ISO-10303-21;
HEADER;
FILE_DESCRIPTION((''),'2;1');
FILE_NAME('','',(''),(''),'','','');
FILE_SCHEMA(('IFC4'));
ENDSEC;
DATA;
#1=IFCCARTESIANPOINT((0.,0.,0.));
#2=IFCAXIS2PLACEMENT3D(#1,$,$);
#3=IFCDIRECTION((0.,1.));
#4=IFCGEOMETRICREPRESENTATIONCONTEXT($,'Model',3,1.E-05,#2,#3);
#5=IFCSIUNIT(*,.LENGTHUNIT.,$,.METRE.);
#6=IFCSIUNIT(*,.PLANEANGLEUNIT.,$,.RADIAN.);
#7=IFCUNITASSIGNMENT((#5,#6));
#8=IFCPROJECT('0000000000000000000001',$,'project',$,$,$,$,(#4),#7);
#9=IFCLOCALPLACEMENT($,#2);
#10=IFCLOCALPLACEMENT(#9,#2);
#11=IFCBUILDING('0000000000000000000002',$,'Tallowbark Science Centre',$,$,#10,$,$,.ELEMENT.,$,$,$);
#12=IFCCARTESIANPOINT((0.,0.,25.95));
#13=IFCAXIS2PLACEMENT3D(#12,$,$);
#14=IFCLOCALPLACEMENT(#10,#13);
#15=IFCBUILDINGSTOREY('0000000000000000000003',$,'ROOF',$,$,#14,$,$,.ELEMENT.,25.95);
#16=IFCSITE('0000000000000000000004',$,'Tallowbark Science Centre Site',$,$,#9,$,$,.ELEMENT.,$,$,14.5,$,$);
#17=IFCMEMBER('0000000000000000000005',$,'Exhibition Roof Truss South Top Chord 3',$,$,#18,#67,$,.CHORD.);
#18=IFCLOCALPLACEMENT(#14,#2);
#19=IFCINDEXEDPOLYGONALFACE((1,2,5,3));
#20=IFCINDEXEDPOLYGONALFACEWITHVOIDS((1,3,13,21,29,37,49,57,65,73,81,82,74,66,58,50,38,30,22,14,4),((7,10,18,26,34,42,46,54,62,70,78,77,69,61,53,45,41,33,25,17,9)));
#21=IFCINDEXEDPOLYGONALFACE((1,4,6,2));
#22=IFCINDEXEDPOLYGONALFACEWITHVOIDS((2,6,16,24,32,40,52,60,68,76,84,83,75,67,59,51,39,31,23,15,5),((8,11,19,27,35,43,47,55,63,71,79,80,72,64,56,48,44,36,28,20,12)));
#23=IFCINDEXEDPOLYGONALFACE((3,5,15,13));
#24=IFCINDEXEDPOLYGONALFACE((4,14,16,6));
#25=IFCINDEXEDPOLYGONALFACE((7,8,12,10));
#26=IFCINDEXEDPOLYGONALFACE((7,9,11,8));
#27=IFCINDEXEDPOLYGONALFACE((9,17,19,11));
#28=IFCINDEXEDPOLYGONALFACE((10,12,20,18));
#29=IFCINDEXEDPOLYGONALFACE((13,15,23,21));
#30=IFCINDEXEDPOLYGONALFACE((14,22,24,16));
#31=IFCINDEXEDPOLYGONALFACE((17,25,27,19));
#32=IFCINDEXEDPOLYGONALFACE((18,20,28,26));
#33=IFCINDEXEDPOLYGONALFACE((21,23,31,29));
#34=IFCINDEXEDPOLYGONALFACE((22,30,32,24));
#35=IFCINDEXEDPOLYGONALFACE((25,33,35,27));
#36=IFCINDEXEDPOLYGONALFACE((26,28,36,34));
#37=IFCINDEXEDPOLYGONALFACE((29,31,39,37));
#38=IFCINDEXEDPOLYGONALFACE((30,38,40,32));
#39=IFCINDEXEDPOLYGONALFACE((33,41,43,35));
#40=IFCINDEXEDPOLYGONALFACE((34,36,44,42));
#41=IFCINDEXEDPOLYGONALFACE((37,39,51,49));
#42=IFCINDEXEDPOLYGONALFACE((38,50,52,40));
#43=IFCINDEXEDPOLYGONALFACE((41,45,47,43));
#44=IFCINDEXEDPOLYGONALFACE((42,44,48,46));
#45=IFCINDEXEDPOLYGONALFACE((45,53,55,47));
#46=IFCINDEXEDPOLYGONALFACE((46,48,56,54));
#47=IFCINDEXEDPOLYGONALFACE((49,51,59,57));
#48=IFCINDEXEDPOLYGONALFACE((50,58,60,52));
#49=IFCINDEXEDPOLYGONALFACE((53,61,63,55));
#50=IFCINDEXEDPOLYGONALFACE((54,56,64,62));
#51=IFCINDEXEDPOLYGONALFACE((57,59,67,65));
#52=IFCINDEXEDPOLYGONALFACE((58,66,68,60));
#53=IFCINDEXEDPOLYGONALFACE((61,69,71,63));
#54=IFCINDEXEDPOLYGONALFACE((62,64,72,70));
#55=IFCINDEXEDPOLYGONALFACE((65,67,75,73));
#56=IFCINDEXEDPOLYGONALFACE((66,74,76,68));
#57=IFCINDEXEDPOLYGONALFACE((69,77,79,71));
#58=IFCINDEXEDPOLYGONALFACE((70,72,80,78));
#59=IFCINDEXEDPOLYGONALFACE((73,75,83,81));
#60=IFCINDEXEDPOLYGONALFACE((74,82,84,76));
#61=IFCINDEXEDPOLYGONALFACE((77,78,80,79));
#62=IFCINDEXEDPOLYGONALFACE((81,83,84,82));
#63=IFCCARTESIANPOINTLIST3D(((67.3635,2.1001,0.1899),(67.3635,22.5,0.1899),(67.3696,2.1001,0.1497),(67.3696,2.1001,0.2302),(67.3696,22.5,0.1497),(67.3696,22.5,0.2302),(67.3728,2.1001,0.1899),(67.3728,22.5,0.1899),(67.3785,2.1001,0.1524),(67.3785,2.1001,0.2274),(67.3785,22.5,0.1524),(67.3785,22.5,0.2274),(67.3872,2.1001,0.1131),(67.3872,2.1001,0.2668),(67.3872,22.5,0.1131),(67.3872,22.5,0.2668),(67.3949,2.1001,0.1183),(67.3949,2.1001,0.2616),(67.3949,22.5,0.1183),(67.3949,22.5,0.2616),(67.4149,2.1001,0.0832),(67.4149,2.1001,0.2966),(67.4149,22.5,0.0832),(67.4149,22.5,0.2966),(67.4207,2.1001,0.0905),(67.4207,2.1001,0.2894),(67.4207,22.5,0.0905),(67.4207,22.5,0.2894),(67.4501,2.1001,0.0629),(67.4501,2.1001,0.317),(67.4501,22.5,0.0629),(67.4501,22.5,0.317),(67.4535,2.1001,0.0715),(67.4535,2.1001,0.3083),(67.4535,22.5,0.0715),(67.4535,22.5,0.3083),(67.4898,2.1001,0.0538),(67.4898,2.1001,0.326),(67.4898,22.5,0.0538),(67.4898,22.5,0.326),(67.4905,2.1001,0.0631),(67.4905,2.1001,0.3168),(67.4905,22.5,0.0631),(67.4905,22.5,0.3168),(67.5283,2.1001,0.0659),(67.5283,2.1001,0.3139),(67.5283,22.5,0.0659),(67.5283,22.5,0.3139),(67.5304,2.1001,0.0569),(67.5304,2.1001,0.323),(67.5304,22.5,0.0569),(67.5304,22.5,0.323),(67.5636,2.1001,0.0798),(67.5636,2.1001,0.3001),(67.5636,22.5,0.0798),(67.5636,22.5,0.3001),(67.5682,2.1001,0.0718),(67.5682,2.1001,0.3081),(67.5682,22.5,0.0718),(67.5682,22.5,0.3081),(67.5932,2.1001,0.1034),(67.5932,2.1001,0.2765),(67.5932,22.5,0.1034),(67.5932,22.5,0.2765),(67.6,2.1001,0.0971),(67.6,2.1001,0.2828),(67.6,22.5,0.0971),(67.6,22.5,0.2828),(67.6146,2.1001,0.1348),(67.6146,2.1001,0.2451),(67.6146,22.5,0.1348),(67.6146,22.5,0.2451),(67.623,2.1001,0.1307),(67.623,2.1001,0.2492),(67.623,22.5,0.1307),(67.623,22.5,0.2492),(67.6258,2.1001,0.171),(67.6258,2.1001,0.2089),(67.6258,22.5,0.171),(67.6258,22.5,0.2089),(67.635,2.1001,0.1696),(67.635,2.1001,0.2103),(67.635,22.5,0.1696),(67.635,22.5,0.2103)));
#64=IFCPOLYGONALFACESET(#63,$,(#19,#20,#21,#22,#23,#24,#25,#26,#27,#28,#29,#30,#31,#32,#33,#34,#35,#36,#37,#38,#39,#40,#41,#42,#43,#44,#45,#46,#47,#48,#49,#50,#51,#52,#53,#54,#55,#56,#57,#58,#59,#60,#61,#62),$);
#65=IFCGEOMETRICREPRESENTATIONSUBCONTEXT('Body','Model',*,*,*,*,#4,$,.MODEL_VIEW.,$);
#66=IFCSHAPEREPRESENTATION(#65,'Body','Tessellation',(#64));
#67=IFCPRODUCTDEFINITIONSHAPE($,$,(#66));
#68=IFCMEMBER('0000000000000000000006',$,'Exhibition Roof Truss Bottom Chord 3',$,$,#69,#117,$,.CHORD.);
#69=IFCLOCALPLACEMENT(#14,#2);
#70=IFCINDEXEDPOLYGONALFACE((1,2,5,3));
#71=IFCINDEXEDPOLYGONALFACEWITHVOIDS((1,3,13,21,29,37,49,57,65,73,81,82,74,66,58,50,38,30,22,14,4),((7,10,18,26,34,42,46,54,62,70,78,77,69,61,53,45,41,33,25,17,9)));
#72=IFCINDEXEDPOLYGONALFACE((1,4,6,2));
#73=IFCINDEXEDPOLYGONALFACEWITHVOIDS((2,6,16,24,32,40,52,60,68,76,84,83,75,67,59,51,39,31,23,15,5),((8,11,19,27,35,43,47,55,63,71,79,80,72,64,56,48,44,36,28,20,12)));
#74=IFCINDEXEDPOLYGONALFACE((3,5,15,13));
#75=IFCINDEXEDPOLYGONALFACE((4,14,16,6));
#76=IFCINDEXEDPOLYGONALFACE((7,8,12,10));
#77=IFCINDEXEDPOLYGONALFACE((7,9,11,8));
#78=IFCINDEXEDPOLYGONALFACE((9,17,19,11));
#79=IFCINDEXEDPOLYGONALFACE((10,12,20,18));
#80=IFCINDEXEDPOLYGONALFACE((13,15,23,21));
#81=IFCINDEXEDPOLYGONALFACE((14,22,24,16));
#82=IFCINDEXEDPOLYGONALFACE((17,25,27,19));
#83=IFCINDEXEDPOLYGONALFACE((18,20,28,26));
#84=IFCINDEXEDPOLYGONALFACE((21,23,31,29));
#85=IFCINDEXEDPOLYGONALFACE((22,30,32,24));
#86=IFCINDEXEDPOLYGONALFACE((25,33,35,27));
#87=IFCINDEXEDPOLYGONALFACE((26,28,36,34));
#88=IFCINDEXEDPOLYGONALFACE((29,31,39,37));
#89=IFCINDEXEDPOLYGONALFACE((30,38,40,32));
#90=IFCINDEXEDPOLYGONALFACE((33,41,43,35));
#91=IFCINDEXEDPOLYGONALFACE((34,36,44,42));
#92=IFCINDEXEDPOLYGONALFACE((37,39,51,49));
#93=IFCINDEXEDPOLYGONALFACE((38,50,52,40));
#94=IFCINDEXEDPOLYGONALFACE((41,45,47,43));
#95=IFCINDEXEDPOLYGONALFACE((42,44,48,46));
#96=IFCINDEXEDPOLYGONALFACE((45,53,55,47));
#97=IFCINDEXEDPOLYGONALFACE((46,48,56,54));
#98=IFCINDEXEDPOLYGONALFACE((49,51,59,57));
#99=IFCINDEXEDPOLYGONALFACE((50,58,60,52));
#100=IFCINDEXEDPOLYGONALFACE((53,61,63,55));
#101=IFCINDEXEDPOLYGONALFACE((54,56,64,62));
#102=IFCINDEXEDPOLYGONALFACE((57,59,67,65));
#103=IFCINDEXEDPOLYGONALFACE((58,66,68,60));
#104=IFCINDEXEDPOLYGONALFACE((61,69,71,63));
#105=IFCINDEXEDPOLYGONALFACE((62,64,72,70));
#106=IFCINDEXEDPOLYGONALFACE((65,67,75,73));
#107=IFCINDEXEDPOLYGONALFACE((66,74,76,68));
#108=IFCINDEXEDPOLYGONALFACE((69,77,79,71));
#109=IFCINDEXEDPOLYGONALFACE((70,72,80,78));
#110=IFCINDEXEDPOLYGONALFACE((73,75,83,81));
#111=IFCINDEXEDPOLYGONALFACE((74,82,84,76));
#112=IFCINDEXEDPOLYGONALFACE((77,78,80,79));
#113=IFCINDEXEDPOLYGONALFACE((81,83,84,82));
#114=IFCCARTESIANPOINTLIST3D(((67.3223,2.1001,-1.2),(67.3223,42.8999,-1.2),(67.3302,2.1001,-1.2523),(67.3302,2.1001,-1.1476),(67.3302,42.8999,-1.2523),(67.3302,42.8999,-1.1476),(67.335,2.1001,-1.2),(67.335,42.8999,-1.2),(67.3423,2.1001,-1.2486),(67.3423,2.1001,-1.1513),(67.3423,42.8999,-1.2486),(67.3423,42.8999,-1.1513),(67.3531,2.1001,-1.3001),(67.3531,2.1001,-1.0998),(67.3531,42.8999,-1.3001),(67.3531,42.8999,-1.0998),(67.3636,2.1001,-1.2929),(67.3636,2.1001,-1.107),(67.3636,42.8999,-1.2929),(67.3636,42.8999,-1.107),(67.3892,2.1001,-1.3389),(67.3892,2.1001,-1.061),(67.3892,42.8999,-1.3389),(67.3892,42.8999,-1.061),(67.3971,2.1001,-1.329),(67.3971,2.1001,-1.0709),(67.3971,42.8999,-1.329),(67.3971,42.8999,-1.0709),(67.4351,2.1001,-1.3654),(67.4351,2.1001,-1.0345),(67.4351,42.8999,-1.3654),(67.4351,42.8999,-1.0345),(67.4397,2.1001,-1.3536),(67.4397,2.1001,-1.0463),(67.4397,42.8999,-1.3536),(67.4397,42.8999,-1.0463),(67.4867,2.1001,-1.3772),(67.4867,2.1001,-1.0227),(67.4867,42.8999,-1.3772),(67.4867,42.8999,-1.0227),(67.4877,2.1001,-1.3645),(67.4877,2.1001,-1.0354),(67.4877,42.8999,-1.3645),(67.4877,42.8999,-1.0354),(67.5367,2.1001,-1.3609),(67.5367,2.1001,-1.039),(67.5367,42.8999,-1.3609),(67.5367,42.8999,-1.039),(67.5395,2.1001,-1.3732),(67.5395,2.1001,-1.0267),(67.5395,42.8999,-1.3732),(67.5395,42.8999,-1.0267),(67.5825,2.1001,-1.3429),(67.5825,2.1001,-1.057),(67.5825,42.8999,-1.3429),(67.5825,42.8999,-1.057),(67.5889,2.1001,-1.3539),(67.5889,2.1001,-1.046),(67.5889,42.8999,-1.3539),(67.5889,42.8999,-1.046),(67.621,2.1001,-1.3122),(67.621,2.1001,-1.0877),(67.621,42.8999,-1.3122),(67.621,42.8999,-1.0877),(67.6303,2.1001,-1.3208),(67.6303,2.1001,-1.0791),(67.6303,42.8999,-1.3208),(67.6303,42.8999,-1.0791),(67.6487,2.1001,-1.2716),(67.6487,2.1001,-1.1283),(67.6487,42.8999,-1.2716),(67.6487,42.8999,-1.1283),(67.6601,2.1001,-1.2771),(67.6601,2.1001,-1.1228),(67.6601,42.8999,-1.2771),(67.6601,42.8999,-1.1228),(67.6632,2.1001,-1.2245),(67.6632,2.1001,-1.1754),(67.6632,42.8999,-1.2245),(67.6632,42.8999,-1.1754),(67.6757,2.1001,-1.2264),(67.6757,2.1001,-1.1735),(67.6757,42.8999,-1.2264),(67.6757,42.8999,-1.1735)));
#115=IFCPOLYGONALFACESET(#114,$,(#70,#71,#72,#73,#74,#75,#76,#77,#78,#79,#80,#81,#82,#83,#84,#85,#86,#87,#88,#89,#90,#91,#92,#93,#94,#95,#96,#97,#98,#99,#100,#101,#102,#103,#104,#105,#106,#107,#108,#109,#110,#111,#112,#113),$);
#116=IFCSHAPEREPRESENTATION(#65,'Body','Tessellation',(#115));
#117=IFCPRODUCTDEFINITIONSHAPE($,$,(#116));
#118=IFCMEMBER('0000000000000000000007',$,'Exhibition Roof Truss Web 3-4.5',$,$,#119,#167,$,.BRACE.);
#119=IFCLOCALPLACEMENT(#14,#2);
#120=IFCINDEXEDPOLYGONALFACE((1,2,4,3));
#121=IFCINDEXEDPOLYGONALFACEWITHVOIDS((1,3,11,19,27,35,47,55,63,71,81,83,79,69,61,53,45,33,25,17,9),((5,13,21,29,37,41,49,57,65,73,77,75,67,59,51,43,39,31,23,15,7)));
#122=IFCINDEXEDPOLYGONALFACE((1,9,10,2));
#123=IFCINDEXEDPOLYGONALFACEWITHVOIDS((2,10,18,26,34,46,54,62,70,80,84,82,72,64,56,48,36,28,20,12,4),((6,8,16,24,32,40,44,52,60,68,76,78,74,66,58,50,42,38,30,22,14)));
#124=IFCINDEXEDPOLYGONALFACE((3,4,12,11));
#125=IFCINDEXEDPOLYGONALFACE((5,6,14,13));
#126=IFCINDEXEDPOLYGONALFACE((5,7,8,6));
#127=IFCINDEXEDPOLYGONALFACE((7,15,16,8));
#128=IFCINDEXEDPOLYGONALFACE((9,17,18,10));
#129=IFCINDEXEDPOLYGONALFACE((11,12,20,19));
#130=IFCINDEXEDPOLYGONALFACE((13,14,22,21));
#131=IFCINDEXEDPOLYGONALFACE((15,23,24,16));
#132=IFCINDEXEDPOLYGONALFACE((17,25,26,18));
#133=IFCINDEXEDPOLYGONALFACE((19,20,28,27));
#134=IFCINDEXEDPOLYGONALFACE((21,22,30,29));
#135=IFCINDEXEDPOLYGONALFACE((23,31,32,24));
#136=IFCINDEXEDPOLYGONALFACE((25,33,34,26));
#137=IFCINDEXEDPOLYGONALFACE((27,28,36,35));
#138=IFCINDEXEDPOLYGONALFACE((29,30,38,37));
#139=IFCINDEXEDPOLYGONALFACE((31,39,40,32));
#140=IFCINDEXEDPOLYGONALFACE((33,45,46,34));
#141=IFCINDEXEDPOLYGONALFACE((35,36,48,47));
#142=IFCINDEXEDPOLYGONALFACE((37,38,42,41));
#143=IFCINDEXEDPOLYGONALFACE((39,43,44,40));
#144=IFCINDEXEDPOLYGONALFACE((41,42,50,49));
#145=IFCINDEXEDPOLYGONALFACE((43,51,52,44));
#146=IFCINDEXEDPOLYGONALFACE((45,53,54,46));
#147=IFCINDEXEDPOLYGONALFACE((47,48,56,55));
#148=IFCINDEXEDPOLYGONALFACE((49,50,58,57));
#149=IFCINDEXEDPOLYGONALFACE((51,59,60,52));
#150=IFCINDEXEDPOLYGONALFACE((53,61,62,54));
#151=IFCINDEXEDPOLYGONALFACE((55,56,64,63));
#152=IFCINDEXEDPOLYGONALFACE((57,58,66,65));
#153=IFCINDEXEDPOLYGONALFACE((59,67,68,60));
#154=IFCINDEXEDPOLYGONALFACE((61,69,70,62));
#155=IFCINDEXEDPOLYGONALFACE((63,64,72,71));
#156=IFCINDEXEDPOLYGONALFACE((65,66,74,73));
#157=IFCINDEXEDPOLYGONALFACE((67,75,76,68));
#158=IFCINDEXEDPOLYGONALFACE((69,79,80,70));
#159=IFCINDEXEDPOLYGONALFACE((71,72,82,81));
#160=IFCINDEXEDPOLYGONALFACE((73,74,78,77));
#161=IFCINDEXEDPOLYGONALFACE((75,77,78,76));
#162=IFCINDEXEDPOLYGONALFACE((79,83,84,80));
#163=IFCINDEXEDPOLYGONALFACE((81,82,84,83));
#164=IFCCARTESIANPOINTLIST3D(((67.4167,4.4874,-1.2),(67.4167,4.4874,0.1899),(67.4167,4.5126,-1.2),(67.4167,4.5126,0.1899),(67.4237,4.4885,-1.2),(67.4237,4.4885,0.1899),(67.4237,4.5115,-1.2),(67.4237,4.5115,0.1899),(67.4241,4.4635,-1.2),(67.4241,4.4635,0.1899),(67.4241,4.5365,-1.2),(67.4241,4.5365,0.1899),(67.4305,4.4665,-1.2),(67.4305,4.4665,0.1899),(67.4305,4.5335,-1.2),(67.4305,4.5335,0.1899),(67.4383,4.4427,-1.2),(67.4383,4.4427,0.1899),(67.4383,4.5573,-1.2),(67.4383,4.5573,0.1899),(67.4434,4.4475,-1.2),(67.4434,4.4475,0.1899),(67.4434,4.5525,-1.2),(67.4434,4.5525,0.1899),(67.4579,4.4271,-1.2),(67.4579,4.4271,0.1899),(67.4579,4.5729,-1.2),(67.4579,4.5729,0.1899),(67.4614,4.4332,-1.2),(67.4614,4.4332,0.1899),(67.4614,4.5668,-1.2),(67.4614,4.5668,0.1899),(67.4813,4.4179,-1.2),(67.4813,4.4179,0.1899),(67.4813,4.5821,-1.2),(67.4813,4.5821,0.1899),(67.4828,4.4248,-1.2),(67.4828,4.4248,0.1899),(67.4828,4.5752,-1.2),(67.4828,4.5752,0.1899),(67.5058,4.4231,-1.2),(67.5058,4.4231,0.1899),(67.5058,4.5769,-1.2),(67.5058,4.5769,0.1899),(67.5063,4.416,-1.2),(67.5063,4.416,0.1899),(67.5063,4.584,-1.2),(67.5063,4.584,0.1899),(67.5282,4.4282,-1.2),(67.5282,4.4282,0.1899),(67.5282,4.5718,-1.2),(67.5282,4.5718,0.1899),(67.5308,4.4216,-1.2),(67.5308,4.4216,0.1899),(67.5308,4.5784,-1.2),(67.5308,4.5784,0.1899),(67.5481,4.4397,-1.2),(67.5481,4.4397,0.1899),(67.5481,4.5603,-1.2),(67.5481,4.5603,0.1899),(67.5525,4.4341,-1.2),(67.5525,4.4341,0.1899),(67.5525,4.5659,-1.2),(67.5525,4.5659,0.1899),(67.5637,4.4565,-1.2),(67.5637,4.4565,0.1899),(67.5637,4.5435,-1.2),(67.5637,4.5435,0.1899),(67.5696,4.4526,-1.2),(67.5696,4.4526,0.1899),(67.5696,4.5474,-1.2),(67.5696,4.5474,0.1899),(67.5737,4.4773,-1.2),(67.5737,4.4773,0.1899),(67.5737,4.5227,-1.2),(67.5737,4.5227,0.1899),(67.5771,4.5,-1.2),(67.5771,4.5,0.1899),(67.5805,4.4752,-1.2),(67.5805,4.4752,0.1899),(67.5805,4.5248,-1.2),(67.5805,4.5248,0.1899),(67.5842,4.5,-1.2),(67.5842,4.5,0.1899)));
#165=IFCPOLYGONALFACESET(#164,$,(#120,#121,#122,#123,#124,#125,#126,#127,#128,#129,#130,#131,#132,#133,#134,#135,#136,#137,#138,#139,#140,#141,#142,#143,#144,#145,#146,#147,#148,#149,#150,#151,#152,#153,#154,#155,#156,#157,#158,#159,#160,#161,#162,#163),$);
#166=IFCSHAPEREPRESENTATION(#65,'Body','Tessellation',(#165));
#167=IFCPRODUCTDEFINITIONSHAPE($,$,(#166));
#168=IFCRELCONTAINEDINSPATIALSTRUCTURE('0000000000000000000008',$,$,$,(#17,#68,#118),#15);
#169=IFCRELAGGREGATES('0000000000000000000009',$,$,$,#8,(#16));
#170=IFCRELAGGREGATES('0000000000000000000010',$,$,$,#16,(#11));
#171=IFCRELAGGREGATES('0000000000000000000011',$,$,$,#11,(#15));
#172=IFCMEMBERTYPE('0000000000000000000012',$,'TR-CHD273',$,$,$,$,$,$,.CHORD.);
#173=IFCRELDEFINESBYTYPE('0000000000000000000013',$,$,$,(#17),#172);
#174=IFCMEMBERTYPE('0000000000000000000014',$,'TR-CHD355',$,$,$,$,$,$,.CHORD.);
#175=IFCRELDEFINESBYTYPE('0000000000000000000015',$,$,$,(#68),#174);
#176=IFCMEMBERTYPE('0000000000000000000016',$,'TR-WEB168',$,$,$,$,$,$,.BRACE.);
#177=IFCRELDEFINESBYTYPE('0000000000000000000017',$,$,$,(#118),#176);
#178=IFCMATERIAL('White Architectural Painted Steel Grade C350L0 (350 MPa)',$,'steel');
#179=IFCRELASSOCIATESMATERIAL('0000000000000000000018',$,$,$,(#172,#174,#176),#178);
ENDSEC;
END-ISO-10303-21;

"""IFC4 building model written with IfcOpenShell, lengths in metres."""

from ifc_helpers import new_model, si_unit, direction, frame, origin, origin_2d, place, context, subcontext, project, spatial, hollow_circle, extrude, material, material_profile, profile_set, type_object, element, save


model = new_model("IFC4")

# Units and contexts
model_context = context("Model", 3, precision=1e-05, world=origin(), true_north=direction((0.0, 1.0)))
body_context = subcontext(model_context, "Body", "Model", "MODEL_VIEW")
ifc_project = project(units=[si_unit("LENGTHUNIT", "METRE"), si_unit("PLANEANGLEUNIT", "RADIAN")], contexts=[model_context])

# Site, building, storey
site_placement = place(None, origin())
site = spatial("IfcSite", under=ifc_project, at=site_placement, Name="Tallowbark Science Centre Site", CompositionType="ELEMENT", RefElevation=14.5)
building_placement = place(site_placement, origin())
building = spatial("IfcBuilding", under=site, at=building_placement, Name="Tallowbark Science Centre", CompositionType="ELEMENT")
storey_placement = place(building_placement, frame((0.0, 0.0, 25.95)))
storey = spatial("IfcBuildingStorey", under=building, at=storey_placement, Name="ROOF", CompositionType="ELEMENT", Elevation=25.95)

# Shared definitions
ifc_material_1 = material(Name="White Architectural Painted Steel Grade C350L0 (350 MPa)", Category="steel")

# Members
ifc_material_profile_1 = material_profile(ifc_material_1, hollow_circle(Radius=0.1365, WallThickness=0.0093, at=origin_2d()), Name="273.1x9.3CHS")
ifc_profile_set_1 = profile_set([ifc_material_profile_1], Name="White Architectural Painted Steel Grade C350L0 (350 MPa)")
member_type_1 = type_object("IfcMemberType", Name="TR-CHD273", PredefinedType="CHORD", material=ifc_profile_set_1)
member_1_placement = place(storey_placement, frame((67.5, 2.1001, 0.1899), z_axis=(0.0, 1.0, 0.0), x_axis=(-1.0, 0.0, 0.0)))
element("IfcMember", 1, at=member_1_placement, inside=storey, type_object=member_type_1, Name="Exhibition Roof Truss South Top Chord 3", PredefinedType="CHORD", context=body_context, shape_type="SweptSolid", body=[
    extrude(hollow_circle(Radius=0.1365, WallThickness=0.0093, at=origin_2d()), origin(), (0.0, 0.0, 1.0), 20.3999),
])
ifc_material_profile_2 = material_profile(ifc_material_1, hollow_circle(Radius=0.1777, WallThickness=0.0127, at=origin_2d()), Name="355.6x12.7CHS")
ifc_profile_set_2 = profile_set([ifc_material_profile_2], Name="White Architectural Painted Steel Grade C350L0 (350 MPa)")
member_type_2 = type_object("IfcMemberType", Name="TR-CHD355", PredefinedType="CHORD", material=ifc_profile_set_2)
member_2_placement = place(storey_placement, frame((67.5, 2.1001, -1.2), z_axis=(0.0, 1.0, 0.0), x_axis=(-1.0, 0.0, 0.0)))
element("IfcMember", 2, at=member_2_placement, inside=storey, type_object=member_type_2, Name="Exhibition Roof Truss Bottom Chord 3", PredefinedType="CHORD", context=body_context, shape_type="SweptSolid", body=[
    extrude(hollow_circle(Radius=0.1777, WallThickness=0.0127, at=origin_2d()), origin(), (0.0, 0.0, 1.0), 40.7998),
])
ifc_material_profile_3 = material_profile(ifc_material_1, hollow_circle(Radius=0.0842, WallThickness=0.0071, at=origin_2d()), Name="168.3x7.1CHS")
ifc_profile_set_3 = profile_set([ifc_material_profile_3], Name="White Architectural Painted Steel Grade C350L0 (350 MPa)")
member_type_3 = type_object("IfcMemberType", Name="TR-WEB168", PredefinedType="BRACE", material=ifc_profile_set_3)
for number, where, z_axis, x_axis, name in (
    (3, (67.5, 4.5, -1.2), (0.0, 0.0, 1.0), (1.0, 0.0, 0.0), "Exhibition Roof Truss Web 3-4.5"),
):
    element("IfcMember", number, at=place(storey_placement, frame(where, z_axis=z_axis, x_axis=x_axis)), inside=storey, type_object=member_type_3, Name=name, PredefinedType="BRACE", context=body_context, shape_type="SweptSolid", body=[
        extrude(hollow_circle(Radius=0.0842, WallThickness=0.0071, at=origin_2d()), origin(), (0.0, 0.0, 1.0), 1.3899),
    ])

save(model, "model.ifc")
